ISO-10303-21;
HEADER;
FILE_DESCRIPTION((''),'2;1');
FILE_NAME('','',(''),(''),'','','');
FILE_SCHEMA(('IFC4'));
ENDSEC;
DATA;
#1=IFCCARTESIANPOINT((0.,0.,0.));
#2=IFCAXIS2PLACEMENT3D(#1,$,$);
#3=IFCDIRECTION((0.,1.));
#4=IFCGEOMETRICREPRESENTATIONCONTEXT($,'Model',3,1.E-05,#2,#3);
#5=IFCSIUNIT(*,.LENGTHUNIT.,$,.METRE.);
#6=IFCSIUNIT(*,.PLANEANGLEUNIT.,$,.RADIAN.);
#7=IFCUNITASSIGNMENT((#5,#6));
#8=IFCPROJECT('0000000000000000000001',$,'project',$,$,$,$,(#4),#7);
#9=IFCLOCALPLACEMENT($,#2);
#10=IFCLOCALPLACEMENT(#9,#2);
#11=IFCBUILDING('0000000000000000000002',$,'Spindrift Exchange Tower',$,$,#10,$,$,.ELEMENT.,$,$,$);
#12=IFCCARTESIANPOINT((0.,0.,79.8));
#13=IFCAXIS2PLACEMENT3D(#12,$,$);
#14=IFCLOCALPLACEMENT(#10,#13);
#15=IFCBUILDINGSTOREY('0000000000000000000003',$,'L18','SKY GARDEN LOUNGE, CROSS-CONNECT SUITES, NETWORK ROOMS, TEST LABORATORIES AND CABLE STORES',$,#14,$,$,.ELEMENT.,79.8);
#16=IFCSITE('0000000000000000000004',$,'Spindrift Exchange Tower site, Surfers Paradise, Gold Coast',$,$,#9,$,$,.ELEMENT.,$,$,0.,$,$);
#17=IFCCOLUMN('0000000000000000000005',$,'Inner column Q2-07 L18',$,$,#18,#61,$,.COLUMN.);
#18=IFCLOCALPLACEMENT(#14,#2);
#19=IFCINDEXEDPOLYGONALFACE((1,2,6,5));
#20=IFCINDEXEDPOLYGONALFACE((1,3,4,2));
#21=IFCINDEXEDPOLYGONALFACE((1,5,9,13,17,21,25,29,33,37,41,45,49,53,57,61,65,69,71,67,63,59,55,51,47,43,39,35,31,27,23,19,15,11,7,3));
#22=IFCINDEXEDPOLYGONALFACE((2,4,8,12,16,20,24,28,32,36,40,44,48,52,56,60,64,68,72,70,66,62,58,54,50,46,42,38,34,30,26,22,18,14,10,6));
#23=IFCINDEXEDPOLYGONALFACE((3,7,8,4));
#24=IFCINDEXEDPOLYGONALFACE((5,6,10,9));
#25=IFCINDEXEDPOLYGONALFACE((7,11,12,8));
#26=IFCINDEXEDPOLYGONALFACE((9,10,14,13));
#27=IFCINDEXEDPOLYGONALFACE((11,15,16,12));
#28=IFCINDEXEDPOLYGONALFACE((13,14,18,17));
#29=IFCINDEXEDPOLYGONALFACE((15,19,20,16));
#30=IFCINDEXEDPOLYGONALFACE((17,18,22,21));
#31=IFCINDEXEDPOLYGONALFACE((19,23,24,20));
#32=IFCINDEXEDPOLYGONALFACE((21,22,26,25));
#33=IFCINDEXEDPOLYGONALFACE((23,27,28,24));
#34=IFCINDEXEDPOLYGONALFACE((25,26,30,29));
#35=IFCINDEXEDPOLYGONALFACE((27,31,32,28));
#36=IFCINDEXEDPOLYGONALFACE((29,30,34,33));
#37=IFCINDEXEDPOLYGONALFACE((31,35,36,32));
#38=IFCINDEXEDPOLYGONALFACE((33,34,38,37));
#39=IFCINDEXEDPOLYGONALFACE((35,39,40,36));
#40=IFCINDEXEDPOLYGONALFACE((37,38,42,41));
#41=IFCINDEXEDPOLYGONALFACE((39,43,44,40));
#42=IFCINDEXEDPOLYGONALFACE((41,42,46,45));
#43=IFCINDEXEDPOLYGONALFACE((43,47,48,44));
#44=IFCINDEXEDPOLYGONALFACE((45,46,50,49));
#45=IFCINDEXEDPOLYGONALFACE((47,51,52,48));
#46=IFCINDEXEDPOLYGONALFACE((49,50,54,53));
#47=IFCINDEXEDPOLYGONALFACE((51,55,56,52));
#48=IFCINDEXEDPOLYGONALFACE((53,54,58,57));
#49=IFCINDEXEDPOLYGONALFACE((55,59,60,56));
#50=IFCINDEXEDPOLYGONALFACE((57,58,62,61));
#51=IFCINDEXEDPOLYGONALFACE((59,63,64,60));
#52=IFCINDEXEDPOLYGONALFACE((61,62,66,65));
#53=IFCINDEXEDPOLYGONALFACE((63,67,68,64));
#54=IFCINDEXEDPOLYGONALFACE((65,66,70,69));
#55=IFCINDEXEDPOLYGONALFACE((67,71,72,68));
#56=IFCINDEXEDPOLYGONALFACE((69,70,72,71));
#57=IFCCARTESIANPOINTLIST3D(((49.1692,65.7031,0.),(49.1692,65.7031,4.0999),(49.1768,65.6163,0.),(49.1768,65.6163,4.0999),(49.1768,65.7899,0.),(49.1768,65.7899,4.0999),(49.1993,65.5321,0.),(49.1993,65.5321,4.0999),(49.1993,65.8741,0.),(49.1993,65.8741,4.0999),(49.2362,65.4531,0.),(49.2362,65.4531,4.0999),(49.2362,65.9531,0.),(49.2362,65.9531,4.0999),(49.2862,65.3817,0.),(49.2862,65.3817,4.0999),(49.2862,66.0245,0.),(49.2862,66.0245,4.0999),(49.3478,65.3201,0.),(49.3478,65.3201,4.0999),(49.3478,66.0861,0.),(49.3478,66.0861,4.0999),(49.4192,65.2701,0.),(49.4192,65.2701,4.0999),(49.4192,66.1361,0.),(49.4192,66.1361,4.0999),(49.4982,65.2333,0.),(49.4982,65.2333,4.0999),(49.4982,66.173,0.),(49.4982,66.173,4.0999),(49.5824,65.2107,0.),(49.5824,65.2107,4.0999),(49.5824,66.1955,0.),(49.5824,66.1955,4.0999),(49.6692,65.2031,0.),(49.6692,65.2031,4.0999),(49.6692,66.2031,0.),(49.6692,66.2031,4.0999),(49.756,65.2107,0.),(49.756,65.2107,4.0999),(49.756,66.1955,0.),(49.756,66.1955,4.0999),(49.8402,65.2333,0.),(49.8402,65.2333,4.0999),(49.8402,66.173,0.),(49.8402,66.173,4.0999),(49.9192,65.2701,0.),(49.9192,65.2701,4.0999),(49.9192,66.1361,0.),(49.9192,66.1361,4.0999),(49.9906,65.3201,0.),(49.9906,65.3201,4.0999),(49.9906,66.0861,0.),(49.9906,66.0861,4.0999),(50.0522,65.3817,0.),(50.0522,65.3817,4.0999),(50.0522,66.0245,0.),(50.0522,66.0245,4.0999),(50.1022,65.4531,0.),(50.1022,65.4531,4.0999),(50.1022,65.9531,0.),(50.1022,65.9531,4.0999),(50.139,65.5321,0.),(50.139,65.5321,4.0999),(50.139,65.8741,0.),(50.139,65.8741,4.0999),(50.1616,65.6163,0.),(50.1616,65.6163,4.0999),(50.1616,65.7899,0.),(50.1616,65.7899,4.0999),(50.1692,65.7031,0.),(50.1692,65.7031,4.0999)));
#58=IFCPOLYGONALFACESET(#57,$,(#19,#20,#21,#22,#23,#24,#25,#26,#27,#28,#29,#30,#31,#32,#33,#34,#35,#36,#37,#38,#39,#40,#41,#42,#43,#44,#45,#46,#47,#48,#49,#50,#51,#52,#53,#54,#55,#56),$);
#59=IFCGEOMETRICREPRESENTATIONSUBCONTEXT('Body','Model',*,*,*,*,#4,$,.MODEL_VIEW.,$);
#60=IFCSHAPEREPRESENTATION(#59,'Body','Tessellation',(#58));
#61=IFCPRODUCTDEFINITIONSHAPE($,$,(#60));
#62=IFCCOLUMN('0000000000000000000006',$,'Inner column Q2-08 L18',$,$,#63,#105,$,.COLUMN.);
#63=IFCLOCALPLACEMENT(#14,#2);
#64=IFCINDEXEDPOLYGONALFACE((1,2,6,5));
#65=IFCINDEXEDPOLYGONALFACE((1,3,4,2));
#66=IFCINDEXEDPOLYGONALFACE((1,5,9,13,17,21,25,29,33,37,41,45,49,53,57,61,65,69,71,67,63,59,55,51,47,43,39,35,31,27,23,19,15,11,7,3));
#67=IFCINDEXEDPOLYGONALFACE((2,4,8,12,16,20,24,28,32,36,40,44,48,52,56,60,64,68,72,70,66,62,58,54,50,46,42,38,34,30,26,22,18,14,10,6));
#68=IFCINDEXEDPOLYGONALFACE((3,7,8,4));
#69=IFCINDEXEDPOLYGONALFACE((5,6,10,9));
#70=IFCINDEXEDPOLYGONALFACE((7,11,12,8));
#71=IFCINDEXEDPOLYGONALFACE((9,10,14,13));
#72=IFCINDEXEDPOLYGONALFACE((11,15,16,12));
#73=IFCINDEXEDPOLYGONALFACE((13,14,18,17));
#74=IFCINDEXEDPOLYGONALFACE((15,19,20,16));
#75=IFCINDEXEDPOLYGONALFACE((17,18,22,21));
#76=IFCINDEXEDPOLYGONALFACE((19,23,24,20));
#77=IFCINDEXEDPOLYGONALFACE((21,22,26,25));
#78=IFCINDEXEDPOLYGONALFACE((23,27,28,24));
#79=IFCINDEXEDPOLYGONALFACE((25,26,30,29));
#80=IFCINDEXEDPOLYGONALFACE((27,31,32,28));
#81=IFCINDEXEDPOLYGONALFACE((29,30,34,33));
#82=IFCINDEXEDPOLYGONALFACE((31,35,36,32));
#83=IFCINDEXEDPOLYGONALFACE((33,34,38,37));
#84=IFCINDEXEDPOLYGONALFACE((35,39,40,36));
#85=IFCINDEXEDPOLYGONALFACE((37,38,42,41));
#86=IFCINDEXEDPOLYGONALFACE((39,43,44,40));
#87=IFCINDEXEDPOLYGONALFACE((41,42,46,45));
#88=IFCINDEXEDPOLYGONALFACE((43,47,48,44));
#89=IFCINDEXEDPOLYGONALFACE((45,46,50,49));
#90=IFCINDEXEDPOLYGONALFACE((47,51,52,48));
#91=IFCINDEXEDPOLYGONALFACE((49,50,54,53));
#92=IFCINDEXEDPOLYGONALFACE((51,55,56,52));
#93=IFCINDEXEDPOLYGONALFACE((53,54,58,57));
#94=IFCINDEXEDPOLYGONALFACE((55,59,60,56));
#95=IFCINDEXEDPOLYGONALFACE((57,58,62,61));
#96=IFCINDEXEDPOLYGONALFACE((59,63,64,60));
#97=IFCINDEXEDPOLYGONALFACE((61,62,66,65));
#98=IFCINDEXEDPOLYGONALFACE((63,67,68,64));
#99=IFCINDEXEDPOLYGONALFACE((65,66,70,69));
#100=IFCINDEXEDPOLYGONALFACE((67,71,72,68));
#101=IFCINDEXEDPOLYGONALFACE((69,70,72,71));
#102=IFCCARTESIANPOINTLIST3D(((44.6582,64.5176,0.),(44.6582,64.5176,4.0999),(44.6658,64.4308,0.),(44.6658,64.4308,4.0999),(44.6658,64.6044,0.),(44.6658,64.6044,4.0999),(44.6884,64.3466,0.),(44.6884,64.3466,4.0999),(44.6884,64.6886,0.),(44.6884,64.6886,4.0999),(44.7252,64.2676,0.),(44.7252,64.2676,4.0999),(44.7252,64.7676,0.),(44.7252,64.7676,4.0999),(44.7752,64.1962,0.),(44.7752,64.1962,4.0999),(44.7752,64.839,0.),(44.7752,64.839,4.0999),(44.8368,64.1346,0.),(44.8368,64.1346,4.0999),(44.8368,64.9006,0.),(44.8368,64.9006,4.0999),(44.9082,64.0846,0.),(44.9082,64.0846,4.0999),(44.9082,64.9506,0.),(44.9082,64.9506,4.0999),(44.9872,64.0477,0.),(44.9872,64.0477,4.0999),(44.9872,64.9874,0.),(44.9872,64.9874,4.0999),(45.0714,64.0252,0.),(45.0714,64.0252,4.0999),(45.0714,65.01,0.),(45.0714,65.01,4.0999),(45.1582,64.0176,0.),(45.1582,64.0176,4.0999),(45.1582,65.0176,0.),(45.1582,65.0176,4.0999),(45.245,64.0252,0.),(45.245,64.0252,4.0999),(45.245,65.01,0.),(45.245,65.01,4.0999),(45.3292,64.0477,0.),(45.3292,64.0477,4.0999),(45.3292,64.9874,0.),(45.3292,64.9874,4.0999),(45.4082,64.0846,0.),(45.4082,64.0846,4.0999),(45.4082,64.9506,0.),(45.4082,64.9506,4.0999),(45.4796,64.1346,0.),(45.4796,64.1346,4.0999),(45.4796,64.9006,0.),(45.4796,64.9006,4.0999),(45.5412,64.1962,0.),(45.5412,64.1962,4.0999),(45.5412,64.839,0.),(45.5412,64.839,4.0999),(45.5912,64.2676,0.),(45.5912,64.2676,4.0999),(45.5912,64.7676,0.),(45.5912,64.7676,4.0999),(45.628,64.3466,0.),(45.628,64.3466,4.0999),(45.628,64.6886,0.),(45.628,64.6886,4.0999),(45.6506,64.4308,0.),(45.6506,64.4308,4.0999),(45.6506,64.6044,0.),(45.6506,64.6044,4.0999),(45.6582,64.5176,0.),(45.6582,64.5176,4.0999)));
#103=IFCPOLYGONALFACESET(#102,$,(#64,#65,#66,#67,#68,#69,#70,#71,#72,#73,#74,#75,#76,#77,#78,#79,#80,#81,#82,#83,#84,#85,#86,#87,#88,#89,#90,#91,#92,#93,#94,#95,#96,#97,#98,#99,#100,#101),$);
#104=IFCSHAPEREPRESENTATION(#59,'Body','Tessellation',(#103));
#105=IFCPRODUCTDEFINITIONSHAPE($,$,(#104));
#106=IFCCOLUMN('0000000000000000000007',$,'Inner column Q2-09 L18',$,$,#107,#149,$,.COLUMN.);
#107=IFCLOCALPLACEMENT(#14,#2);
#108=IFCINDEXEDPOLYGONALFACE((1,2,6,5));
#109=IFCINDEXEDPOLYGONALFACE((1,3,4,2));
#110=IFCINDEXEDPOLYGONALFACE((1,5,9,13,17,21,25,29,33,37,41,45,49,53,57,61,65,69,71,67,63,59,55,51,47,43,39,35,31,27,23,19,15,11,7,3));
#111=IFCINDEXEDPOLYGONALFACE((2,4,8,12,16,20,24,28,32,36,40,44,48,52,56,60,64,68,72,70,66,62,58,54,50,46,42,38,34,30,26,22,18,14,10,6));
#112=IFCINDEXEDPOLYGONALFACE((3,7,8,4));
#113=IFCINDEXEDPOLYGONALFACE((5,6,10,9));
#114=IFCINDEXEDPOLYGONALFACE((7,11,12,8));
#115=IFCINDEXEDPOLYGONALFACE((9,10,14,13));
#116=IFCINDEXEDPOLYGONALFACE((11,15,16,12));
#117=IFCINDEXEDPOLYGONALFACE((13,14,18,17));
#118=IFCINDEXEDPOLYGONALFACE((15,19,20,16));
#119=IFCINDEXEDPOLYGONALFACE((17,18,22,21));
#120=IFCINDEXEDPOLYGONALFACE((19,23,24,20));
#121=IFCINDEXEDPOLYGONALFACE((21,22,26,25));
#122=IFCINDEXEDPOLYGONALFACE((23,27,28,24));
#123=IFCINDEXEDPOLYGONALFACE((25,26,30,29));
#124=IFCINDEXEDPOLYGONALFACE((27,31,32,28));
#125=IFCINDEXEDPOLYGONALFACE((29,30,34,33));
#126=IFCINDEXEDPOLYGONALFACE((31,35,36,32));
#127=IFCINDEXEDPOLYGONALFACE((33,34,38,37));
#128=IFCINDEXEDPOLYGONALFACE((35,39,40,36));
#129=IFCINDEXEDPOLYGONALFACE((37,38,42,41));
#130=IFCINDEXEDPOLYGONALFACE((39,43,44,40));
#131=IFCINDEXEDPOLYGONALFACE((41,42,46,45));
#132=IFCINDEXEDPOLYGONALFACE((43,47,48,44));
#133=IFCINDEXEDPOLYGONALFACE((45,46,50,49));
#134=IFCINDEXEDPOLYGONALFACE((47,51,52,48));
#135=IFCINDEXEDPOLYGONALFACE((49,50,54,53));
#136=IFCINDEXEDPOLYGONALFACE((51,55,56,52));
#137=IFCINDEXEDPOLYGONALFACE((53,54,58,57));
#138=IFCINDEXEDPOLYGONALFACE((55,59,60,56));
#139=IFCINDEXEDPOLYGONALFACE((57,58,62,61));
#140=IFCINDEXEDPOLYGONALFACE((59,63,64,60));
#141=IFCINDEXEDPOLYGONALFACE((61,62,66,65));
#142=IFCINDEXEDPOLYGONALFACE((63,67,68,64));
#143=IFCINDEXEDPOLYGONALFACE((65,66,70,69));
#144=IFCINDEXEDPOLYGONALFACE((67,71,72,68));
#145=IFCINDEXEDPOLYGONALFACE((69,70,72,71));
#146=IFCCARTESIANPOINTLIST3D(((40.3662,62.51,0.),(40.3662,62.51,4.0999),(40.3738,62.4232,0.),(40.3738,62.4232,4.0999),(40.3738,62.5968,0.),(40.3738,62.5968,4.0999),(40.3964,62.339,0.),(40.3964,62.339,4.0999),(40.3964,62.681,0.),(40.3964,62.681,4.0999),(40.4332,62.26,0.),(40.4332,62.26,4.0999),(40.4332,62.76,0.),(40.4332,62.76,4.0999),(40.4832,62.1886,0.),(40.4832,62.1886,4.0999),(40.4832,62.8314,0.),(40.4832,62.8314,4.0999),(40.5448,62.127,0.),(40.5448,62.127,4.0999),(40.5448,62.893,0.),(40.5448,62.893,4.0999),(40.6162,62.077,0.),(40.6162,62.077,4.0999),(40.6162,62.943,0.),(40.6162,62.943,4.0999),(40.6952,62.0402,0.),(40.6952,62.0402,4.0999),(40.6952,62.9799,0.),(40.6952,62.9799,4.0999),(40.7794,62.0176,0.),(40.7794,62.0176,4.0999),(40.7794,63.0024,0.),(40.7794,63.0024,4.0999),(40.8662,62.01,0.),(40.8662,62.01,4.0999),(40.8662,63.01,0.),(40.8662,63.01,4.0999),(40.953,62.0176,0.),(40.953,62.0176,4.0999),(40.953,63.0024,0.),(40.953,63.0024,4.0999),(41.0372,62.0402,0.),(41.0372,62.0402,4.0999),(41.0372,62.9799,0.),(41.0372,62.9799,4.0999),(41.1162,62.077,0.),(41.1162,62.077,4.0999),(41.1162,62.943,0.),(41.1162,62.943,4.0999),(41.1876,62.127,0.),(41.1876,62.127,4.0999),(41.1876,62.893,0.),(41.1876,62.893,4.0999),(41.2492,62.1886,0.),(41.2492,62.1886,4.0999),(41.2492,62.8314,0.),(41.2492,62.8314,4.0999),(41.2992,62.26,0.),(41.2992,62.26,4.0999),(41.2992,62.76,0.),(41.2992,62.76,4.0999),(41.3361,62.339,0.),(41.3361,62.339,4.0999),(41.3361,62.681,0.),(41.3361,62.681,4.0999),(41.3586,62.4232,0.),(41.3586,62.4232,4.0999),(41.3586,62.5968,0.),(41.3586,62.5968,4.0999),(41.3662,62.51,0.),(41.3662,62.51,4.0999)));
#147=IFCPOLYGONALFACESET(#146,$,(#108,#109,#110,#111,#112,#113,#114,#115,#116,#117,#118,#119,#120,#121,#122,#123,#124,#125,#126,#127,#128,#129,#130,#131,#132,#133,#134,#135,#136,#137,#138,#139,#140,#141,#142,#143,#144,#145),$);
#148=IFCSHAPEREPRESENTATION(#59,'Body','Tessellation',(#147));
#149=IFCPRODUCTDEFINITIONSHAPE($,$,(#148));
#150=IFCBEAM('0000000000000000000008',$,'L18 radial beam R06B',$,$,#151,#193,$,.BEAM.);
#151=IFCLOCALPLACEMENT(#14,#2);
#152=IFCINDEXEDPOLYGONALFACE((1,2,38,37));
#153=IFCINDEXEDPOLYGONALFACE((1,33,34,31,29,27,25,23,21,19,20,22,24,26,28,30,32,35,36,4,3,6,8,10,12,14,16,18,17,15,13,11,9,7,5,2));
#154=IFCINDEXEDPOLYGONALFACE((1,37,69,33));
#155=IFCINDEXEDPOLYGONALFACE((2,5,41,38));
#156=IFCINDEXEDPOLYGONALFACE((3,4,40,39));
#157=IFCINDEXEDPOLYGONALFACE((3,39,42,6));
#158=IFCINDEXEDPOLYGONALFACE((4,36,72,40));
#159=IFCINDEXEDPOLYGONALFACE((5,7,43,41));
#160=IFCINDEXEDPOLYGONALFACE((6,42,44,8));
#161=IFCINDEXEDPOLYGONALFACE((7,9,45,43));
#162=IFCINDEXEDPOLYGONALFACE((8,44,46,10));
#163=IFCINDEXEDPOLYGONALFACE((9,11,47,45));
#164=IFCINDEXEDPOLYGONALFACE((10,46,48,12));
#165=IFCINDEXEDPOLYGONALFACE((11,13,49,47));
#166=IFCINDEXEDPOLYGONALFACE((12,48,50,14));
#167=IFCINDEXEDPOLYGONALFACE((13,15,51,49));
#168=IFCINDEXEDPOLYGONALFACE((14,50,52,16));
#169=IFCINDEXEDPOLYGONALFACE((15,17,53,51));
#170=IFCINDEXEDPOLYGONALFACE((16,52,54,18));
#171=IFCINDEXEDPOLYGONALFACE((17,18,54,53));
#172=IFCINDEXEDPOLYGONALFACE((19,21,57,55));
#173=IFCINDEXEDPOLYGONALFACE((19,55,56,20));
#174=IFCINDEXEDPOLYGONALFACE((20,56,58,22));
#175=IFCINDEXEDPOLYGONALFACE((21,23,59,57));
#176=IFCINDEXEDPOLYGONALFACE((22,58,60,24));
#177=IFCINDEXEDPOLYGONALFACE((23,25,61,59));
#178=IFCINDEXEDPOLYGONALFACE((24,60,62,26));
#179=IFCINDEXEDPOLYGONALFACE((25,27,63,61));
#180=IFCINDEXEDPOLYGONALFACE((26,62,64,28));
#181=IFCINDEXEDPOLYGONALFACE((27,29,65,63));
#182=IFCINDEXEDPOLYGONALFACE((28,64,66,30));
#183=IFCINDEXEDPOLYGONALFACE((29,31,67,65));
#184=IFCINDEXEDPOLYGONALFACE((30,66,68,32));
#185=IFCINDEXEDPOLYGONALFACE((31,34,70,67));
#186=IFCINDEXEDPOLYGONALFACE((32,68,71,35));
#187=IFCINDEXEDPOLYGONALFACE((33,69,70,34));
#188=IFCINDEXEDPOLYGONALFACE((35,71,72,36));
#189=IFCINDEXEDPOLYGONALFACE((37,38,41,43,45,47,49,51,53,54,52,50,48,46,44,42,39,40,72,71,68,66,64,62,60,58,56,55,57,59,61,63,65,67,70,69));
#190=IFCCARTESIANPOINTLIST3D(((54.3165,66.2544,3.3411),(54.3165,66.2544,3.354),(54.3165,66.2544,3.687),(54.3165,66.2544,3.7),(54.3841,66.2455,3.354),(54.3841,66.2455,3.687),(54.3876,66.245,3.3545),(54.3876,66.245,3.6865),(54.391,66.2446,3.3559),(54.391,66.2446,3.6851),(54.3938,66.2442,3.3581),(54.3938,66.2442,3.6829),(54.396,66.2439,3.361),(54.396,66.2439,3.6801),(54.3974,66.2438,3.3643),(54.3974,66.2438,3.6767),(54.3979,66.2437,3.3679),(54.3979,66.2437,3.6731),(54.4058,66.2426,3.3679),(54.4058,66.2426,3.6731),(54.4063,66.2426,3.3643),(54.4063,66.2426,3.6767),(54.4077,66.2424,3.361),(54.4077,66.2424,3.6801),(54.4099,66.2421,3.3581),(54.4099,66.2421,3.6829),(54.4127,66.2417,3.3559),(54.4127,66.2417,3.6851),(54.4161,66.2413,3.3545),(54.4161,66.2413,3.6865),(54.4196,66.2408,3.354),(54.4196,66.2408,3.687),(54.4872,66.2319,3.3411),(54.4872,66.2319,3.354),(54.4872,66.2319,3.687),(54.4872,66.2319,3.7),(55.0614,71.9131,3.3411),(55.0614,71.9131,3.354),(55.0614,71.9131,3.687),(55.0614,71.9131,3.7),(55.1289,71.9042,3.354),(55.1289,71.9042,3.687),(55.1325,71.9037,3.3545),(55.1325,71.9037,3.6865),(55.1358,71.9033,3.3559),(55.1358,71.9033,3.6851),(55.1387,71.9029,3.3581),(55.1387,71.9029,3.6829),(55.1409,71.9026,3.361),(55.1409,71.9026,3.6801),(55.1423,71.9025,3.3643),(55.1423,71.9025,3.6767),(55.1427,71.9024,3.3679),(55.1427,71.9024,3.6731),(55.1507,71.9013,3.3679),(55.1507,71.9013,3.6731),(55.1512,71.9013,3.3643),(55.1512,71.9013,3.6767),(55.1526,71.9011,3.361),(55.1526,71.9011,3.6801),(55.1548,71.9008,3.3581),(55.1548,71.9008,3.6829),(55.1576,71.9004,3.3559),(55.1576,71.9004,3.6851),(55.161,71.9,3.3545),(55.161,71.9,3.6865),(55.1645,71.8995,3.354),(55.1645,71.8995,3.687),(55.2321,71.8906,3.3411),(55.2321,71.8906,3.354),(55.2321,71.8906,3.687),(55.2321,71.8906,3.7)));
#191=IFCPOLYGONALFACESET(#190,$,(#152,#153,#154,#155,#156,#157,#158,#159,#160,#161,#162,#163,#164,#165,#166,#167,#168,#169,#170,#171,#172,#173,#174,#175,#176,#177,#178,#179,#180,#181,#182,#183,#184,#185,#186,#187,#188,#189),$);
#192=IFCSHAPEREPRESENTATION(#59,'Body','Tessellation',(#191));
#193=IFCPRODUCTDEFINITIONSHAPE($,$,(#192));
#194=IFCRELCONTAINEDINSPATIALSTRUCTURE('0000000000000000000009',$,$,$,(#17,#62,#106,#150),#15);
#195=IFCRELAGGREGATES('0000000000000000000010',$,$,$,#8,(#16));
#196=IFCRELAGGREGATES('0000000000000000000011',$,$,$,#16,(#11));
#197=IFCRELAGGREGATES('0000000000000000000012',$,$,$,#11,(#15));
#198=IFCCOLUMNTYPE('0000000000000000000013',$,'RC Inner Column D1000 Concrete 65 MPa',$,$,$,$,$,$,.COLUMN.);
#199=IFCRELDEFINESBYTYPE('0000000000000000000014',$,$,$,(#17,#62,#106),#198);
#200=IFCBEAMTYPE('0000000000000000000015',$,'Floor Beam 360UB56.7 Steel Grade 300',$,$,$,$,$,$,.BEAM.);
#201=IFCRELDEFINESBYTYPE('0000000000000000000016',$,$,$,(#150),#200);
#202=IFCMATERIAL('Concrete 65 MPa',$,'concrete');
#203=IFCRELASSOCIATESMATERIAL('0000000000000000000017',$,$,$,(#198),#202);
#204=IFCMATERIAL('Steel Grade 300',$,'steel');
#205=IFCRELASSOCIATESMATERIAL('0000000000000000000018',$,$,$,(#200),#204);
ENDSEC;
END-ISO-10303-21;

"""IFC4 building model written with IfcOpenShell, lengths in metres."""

from ifc_helpers import new_model, si_unit, direction, frame, origin, origin_2d, place, context, subcontext, project, spatial, circle, i_section, extrude, source, transform, mapped, material, material_profile, profile_set, type_object, element, save


model = new_model("IFC4")

# Units and contexts
model_context = context("Model", 3, precision=1e-05, world=origin(), true_north=direction((0.0, 1.0)))
body_context = subcontext(model_context, "Body", "Model", "MODEL_VIEW")
ifc_project = project(units=[si_unit("LENGTHUNIT", "METRE"), si_unit("PLANEANGLEUNIT", "RADIAN")], contexts=[model_context])

# Site, building, storey
site_placement = place(None, origin())
site = spatial("IfcSite", under=ifc_project, at=site_placement, Name="Spindrift Exchange Tower site, Surfers Paradise, Gold Coast", CompositionType="ELEMENT", RefElevation=0.0)
building_placement = place(site_placement, origin())
building = spatial("IfcBuilding", under=site, at=building_placement, Name="Spindrift Exchange Tower", CompositionType="ELEMENT")
storey_placement = place(building_placement, frame((0.0, 0.0, 79.8)))
storey = spatial("IfcBuildingStorey", under=building, at=storey_placement, Name="L18", Description="SKY GARDEN LOUNGE, CROSS-CONNECT SUITES, NETWORK ROOMS, TEST LABORATORIES AND CABLE STORES", CompositionType="ELEMENT", Elevation=79.8)

# Columns
ifc_material_1 = material(Name="Concrete 65 MPa", Category="concrete")
ifc_material_profile_1 = material_profile(ifc_material_1, circle(Radius=0.5, at=origin_2d()), Name="RC D1000")
ifc_profile_set_1 = profile_set([ifc_material_profile_1], Name="Concrete 65 MPa")
column_type_1 = type_object("IfcColumnType", Name="RC Inner Column D1000 Concrete 65 MPa", PredefinedType="COLUMN", material=ifc_profile_set_1)
shared_shape_1 = source(origin(), body_context, "Body", "SweptSolid", [
    extrude(circle(Radius=0.5, at=origin_2d()), origin(), (0.0, 0.0, 1.0), 4.0999),
])
for number, where, z_axis, x_axis, name in (
    (1, (49.6692, 65.7031, 0.0), (0.0, 0.0, 1.0), (1.0, 0.0, 0.0), "Inner column Q2-07 L18"),
    (2, (45.1582, 64.5176, 0.0), (0.0, 0.0, 1.0), (1.0, 0.0, 0.0), "Inner column Q2-08 L18"),
    (3, (40.8662, 62.51, 0.0), (0.0, 0.0, 1.0), (1.0, 0.0, 0.0), "Inner column Q2-09 L18"),
):
    element("IfcColumn", number, at=place(storey_placement, frame(where, z_axis=z_axis, x_axis=x_axis)), inside=storey, type_object=column_type_1, Name=name, PredefinedType="COLUMN", context=body_context, shape_type="MappedRepresentation", body=[
        mapped(shared_shape_1, transform((0.0, 0.0, 0.0), scale=1.0)),
    ])

# Beam
ifc_material_2 = material(Name="Steel Grade 300", Category="steel")
ifc_material_profile_2 = material_profile(ifc_material_2, i_section(OverallWidth=0.1721, OverallDepth=0.3589, WebThickness=0.0081, FlangeThickness=0.0129, FilletRadius=0.0139, at=origin_2d()), Name="360UB56.7")
ifc_profile_set_2 = profile_set([ifc_material_profile_2], Name="Steel Grade 300")
beam_type_1 = type_object("IfcBeamType", Name="Floor Beam 360UB56.7 Steel Grade 300", PredefinedType="BEAM", material=ifc_profile_set_2)
shared_shape_2 = source(origin(), body_context, "Body", "SweptSolid", [
    extrude(i_section(OverallWidth=0.1721, OverallDepth=0.3589, WebThickness=0.0081, FlangeThickness=0.0129, FilletRadius=0.0139, at=origin_2d()), origin(), (0.0, 0.0, 1.0), 5.7075),
])
beam_1_placement = place(storey_placement, frame((54.4019, 66.2432, 3.5205), z_axis=(0.130508, 0.991447, 0.0), x_axis=(-0.991447, 0.130508, 0.0)))
element("IfcBeam", 4, at=beam_1_placement, inside=storey, type_object=beam_type_1, Name="L18 radial beam R06B", PredefinedType="BEAM", context=body_context, shape_type="MappedRepresentation", body=[
    mapped(shared_shape_2, transform((0.0, 0.0, 0.0), scale=1.0)),
])

save(model, "model.ifc")
